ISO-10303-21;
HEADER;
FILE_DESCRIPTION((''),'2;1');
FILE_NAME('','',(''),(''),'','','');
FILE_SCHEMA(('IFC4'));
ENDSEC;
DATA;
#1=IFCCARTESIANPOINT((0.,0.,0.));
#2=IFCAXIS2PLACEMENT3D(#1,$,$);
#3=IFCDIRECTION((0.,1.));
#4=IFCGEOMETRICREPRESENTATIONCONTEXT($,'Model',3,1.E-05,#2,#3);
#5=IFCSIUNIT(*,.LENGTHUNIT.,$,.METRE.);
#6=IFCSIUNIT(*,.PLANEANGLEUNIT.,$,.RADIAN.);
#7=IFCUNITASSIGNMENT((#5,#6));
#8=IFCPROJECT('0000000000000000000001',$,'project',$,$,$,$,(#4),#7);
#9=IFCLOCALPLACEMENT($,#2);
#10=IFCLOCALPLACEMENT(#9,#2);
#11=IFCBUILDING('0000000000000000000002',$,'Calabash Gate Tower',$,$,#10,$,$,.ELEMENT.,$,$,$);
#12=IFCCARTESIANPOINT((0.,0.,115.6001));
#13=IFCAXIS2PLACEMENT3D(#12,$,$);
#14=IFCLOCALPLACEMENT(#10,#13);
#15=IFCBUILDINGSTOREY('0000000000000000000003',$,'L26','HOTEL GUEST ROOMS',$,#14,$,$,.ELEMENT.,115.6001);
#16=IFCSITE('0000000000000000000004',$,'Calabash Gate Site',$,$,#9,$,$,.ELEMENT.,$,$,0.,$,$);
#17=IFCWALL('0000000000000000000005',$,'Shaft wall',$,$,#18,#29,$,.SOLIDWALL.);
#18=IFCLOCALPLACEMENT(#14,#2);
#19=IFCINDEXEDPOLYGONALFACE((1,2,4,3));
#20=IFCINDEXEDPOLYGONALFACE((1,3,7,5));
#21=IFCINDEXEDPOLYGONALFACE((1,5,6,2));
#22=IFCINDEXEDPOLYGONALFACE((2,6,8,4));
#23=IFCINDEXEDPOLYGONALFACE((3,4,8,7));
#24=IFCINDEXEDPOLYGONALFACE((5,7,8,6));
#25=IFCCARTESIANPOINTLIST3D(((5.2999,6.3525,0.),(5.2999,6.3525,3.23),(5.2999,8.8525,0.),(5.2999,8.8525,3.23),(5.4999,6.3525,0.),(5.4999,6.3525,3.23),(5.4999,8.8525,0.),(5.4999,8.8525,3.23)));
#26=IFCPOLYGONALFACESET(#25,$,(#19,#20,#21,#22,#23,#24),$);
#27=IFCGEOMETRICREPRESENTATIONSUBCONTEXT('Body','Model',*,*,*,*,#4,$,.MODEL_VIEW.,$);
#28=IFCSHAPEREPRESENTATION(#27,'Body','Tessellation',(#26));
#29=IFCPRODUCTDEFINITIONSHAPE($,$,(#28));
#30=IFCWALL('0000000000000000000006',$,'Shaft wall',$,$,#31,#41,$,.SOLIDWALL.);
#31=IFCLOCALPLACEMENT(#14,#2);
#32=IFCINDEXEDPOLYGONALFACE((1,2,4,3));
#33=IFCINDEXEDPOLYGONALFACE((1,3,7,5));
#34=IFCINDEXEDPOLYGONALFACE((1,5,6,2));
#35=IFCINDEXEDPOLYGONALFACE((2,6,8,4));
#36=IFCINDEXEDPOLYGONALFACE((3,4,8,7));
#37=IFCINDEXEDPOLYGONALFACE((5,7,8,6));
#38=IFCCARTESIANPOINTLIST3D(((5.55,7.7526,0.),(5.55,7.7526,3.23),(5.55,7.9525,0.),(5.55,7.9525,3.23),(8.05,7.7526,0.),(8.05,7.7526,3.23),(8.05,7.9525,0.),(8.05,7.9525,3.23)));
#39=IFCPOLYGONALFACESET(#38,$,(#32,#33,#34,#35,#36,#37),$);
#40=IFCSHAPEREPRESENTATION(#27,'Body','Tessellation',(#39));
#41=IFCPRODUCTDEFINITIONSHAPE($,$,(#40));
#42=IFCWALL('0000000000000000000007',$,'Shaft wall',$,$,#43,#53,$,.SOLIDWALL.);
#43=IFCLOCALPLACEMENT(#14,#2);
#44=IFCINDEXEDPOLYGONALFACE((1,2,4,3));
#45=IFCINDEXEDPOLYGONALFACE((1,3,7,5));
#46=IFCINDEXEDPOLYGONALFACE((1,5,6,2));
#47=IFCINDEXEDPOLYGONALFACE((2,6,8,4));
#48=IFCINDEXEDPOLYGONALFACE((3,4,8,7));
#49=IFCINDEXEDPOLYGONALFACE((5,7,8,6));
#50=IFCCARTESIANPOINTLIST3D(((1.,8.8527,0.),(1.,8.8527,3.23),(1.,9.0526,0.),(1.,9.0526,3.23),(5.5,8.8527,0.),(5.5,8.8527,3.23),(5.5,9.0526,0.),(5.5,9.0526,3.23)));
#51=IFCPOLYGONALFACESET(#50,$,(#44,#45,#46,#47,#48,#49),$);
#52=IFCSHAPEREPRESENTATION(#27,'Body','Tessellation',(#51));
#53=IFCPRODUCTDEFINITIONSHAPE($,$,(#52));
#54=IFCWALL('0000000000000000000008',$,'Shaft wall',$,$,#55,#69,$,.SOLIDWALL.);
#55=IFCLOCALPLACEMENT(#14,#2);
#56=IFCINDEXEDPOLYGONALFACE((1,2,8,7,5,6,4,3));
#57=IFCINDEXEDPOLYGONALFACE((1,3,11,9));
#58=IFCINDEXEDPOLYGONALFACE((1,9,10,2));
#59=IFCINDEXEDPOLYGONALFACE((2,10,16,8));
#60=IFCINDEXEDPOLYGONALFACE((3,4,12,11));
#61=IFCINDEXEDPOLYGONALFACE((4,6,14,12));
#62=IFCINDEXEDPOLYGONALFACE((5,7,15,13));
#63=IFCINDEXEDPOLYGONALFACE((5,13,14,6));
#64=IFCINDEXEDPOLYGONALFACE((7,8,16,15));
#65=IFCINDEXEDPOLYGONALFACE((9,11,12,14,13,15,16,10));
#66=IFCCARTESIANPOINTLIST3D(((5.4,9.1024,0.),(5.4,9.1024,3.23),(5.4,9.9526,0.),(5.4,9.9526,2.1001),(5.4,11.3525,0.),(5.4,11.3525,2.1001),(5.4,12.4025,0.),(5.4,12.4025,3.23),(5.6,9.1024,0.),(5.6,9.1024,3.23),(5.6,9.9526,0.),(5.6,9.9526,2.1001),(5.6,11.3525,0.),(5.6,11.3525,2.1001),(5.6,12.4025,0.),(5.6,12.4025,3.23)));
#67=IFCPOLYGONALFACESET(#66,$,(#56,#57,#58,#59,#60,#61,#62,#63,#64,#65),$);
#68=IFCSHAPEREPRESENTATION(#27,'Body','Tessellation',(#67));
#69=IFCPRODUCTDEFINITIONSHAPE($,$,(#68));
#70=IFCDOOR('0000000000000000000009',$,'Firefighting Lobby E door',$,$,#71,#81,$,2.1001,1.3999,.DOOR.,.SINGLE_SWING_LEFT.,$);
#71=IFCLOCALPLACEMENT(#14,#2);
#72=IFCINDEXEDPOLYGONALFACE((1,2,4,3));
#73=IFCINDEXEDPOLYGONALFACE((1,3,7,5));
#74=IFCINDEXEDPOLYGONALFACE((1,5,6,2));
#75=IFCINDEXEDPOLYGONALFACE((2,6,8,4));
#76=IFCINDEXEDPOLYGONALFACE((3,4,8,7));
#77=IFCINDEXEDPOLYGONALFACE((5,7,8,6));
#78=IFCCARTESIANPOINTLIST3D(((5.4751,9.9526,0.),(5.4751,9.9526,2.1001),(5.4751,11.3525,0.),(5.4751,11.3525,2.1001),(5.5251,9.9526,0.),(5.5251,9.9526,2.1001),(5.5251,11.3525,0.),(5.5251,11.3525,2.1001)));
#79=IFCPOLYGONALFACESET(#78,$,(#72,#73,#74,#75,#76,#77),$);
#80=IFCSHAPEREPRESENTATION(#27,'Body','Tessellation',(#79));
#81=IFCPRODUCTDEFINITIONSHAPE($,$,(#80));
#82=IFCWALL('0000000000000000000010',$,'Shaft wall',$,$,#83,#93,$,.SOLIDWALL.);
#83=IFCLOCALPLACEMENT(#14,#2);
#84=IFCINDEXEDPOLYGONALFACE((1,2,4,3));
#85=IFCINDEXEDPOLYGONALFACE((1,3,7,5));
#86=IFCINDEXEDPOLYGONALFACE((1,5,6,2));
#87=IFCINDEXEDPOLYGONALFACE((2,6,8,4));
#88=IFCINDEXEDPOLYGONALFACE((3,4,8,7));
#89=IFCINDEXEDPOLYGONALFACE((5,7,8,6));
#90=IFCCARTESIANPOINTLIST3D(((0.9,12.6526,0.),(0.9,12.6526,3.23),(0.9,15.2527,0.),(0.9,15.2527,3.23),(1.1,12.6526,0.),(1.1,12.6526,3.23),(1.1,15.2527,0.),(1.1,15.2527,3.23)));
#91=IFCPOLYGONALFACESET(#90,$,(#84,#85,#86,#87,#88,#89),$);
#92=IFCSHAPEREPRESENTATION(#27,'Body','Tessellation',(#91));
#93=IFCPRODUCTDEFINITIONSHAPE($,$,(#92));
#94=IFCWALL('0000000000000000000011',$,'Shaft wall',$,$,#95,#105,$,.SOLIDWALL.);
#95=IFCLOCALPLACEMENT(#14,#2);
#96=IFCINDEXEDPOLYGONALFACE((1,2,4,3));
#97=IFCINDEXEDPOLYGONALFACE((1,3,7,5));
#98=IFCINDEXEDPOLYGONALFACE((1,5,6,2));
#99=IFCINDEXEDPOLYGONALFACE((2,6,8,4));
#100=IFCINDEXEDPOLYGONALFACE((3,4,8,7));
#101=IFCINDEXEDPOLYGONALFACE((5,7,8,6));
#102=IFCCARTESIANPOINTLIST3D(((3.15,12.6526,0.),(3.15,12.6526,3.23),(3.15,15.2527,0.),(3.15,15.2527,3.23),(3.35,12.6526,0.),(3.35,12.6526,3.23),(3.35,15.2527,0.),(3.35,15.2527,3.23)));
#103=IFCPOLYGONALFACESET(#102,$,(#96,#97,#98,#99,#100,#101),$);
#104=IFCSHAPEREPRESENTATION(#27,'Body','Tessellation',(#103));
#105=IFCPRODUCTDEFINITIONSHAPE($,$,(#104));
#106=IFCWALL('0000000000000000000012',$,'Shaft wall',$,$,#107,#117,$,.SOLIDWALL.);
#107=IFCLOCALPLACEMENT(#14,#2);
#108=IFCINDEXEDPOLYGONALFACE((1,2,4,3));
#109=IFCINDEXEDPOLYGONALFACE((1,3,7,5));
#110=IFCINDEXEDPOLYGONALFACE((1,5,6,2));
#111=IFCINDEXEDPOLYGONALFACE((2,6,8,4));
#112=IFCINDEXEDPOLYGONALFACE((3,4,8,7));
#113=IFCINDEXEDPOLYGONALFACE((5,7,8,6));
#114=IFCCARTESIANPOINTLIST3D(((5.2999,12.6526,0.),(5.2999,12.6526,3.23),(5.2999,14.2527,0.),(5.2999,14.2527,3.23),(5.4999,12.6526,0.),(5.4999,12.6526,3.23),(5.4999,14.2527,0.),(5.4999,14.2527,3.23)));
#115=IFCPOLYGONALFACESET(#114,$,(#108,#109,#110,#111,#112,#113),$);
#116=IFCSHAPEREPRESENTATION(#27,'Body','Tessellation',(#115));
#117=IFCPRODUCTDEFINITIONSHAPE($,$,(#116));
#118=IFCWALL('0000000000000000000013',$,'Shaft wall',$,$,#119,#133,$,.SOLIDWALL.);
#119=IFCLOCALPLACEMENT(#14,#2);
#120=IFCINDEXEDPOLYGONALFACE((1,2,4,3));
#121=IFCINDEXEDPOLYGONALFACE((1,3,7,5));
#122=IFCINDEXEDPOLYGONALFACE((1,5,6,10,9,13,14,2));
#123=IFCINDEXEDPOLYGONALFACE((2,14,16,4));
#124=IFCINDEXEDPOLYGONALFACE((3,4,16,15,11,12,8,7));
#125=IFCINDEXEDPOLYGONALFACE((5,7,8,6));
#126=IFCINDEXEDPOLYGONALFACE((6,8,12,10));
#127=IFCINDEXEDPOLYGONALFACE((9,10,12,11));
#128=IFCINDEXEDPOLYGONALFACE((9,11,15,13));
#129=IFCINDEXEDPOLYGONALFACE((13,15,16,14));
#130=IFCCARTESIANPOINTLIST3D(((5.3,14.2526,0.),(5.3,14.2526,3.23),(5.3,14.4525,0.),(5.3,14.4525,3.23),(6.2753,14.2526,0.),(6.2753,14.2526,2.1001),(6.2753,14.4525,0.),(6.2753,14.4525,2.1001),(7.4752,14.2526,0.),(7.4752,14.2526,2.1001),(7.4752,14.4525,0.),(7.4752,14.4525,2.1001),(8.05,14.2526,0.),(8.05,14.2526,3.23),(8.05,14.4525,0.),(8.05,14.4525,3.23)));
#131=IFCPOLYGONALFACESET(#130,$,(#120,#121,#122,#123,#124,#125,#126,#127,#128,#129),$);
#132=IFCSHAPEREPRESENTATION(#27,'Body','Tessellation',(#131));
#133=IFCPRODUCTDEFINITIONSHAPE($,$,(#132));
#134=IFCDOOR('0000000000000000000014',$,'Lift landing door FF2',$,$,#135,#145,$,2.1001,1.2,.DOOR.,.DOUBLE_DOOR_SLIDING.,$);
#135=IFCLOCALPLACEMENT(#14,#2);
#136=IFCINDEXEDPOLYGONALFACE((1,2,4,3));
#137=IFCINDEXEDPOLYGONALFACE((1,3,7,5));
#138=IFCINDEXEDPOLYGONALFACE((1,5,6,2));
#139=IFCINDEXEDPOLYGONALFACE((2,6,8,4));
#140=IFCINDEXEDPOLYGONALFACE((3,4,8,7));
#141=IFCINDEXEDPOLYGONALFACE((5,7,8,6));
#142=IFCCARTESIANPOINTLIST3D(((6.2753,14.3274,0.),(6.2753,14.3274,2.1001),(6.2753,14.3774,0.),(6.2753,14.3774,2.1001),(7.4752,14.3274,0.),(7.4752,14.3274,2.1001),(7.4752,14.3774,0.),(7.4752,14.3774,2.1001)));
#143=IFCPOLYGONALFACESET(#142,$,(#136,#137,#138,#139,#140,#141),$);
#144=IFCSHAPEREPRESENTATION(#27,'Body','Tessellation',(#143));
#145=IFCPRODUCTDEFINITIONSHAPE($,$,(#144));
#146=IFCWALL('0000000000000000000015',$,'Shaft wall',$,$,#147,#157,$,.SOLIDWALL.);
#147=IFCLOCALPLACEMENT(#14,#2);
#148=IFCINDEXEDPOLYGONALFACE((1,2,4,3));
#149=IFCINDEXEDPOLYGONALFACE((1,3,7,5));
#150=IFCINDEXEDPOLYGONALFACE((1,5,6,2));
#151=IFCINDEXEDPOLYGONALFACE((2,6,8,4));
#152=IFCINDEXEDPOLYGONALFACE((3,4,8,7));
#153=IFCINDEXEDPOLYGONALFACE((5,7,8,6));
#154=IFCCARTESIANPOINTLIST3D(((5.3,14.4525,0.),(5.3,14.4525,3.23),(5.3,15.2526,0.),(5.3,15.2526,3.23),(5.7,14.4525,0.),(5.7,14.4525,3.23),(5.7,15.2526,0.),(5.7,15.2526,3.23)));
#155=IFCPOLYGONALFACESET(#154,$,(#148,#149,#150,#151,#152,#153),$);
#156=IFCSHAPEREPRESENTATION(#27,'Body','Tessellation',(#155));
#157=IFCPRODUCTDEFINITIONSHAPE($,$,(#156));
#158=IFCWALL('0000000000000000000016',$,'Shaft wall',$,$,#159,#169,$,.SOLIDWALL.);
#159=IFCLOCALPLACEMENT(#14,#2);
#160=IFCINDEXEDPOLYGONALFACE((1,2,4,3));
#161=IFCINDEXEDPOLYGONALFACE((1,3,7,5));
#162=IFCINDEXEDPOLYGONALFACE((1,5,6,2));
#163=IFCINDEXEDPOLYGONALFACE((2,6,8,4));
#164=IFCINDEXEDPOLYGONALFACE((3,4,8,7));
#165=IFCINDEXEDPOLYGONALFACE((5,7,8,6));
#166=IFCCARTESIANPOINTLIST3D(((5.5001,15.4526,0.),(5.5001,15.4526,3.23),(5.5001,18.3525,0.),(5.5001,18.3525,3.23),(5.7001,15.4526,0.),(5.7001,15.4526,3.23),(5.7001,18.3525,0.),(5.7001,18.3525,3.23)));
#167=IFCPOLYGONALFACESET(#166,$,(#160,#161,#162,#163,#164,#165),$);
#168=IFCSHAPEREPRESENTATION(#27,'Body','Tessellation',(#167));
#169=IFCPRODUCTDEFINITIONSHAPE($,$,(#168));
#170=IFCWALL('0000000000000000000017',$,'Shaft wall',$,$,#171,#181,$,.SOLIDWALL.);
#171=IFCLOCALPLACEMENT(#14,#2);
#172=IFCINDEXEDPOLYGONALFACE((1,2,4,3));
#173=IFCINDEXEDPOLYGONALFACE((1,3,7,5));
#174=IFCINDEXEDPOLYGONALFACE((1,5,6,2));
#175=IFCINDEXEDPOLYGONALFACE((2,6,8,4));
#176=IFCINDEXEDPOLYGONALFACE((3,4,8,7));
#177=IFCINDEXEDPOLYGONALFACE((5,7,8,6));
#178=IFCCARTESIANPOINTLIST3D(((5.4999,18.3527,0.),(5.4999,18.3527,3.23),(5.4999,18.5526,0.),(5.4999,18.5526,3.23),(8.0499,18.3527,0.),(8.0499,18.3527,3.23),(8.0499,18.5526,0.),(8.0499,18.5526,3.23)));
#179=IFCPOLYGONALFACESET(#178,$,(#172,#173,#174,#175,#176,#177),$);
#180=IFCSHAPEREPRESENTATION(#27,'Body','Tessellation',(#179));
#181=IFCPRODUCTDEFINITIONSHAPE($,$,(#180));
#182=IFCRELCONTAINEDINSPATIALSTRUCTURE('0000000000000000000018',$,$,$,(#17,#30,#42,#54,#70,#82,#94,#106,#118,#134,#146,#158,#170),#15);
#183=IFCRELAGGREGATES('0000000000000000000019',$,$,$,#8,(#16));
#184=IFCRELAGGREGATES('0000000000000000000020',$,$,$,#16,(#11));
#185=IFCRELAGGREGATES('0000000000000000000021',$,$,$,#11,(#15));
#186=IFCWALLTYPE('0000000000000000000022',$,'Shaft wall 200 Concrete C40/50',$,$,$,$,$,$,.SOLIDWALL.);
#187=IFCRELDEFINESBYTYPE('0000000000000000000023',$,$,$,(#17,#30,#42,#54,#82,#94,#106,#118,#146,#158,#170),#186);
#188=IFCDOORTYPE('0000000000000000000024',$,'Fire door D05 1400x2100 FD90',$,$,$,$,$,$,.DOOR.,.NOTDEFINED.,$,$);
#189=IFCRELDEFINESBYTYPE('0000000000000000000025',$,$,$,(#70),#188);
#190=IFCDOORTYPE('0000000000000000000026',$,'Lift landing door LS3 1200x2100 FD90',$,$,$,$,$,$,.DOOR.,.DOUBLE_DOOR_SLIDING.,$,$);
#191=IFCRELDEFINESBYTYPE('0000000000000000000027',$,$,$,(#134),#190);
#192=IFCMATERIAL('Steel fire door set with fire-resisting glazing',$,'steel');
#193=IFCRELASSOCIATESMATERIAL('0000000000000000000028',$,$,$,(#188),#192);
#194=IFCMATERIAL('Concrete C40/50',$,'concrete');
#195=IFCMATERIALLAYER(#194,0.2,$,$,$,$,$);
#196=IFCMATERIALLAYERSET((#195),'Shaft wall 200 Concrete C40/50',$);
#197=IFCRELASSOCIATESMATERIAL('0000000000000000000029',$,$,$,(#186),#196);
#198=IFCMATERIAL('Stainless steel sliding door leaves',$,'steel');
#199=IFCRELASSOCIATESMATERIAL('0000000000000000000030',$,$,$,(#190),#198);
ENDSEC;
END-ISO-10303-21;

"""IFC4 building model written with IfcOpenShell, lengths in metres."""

from ifc_helpers import new_model, si_unit, direction, frame, frame_2d, origin, place, context, subcontext, project, spatial, rectangle, extrude, material, layer, layer_set, type_object, element, fill, save


model = new_model("IFC4")

# Units and contexts
model_context = context("Model", 3, precision=1e-05, world=origin(), true_north=direction((0.0, 1.0)))
body_context = subcontext(model_context, "Body", "Model", "MODEL_VIEW")
ifc_project = project(units=[si_unit("LENGTHUNIT", "METRE"), si_unit("PLANEANGLEUNIT", "RADIAN")], contexts=[model_context])

# Site, building, storey
site_placement = place(None, origin())
site = spatial("IfcSite", under=ifc_project, at=site_placement, Name="Calabash Gate Site", CompositionType="ELEMENT", RefElevation=0.0)
building_placement = place(site_placement, origin())
building = spatial("IfcBuilding", under=site, at=building_placement, Name="Calabash Gate Tower", CompositionType="ELEMENT")
storey_placement = place(building_placement, frame((0.0, 0.0, 115.6001)))
storey = spatial("IfcBuildingStorey", under=building, at=storey_placement, Name="L26", Description="HOTEL GUEST ROOMS", CompositionType="ELEMENT", Elevation=115.6001)

# Shared definitions
ifc_material_1 = material(Name="Steel fire door set with fire-resisting glazing", Category="steel")
door_type_1 = type_object("IfcDoorType", Name="Fire door D05 1400x2100 FD90", OperationType="NOTDEFINED", PredefinedType="DOOR", material=ifc_material_1)

# Walls
ifc_material_2 = material(Name="Concrete C40/50", Category="concrete")
ifc_layer_1 = layer(ifc_material_2, 0.2)
ifc_layer_set_1 = layer_set([ifc_layer_1], Name="Shaft wall 200 Concrete C40/50")
wall_type_1 = type_object("IfcWallType", Name="Shaft wall 200 Concrete C40/50", PredefinedType="SOLIDWALL", material=ifc_layer_set_1)
for number, where, z_axis, x_axis, name in (
    (1, (5.3999, 6.3525, 0.0), (0.0, 0.0, 1.0), (0.0, 1.0, 0.0), "Shaft wall"),
    (2, (5.55, 7.8525, 0.0), (0.0, 0.0, 1.0), (1.0, 0.0, 0.0), "Shaft wall"),
):
    element("IfcWall", number, at=place(storey_placement, frame(where, z_axis=z_axis, x_axis=x_axis)), inside=storey, type_object=wall_type_1, Name=name, PredefinedType="SOLIDWALL", context=body_context, shape_type="SweptSolid", body=[
        extrude(rectangle(XDim=2.5, YDim=0.2, at=frame_2d((1.25, 0.0))), origin(), (0.0, 0.0, 1.0), 3.23),
    ])
wall_1_placement = place(storey_placement, frame((1.0, 8.9526, 0.0), z_axis=(0.0, 0.0, 1.0), x_axis=(1.0, 0.0, 0.0)))
element("IfcWall", 3, at=wall_1_placement, inside=storey, type_object=wall_type_1, Name="Shaft wall", PredefinedType="SOLIDWALL", context=body_context, shape_type="SweptSolid", body=[
    extrude(rectangle(XDim=4.5, YDim=0.2, at=frame_2d((2.25, 0.0))), origin(), (0.0, 0.0, 1.0), 3.23),
])

# Wall, opening, door
wall_2_placement = place(storey_placement, frame((5.5, 9.1025, 0.0), z_axis=(0.0, 0.0, 1.0), x_axis=(0.0, 1.0, 0.0)))
wall_2 = element("IfcWall", 4, at=wall_2_placement, inside=storey, type_object=wall_type_1, Name="Shaft wall", PredefinedType="SOLIDWALL", context=body_context, shape_type="SweptSolid", body=[
    extrude(rectangle(XDim=3.3, YDim=0.2, at=frame_2d((1.6499, 0.0))), origin(), (0.0, 0.0, 1.0), 3.23),
])
opening_1_placement = place(wall_2_placement, frame((0.8501, 0.0, 0.0)))
opening_1 = element("IfcOpeningElement", 5, at=opening_1_placement, cuts=wall_2, PredefinedType="OPENING", context=body_context, shape_type="SweptSolid", body=[
    extrude(rectangle(XDim=1.3999, YDim=2.1001, at=frame_2d((0.7, 1.05))), frame((0.0, 0.1099, 0.0), z_axis=(0.0, -1.0, 0.0), x_axis=(1.0, 0.0, 0.0)), (0.0, 0.0, 1.0), 0.22),
])
door_1_placement = place(opening_1_placement, origin())
door_1 = element("IfcDoor", 6, at=door_1_placement, inside=storey, type_object=door_type_1, Name="Firefighting Lobby E door", OperationType="SINGLE_SWING_LEFT", OverallHeight=2.1001, OverallWidth=1.3999, PredefinedType="DOOR", context=body_context, shape_type="SweptSolid", body=[
    extrude(rectangle(XDim=1.3999, YDim=2.1001, at=frame_2d((0.7, 1.05))), frame((0.0, 0.0249, 0.0), z_axis=(0.0, -1.0, 0.0), x_axis=(1.0, 0.0, 0.0)), (0.0, 0.0, 1.0), 0.05),
])
fill(opening_1, door_1)

# Walls
for number, where, z_axis, x_axis, name in (
    (7, (1.0, 12.6526, 0.0), (0.0, 0.0, 1.0), (0.0, 1.0, 0.0), "Shaft wall"),
    (8, (3.25, 12.6526, 0.0), (0.0, 0.0, 1.0), (0.0, 1.0, 0.0), "Shaft wall"),
):
    element("IfcWall", number, at=place(storey_placement, frame(where, z_axis=z_axis, x_axis=x_axis)), inside=storey, type_object=wall_type_1, Name=name, PredefinedType="SOLIDWALL", context=body_context, shape_type="SweptSolid", body=[
        extrude(rectangle(XDim=2.6001, YDim=0.2, at=frame_2d((1.3, 0.0))), origin(), (0.0, 0.0, 1.0), 3.23),
    ])
wall_3_placement = place(storey_placement, frame((5.3999, 12.6526, 0.0), z_axis=(0.0, 0.0, 1.0), x_axis=(0.0, 1.0, 0.0)))
element("IfcWall", 9, at=wall_3_placement, inside=storey, type_object=wall_type_1, Name="Shaft wall", PredefinedType="SOLIDWALL", context=body_context, shape_type="SweptSolid", body=[
    extrude(rectangle(XDim=1.6001, YDim=0.2, at=frame_2d((0.8, 0.0))), origin(), (0.0, 0.0, 1.0), 3.23),
])

# Wall, opening, door
wall_4_placement = place(storey_placement, frame((5.3, 14.3525, 0.0), z_axis=(0.0, 0.0, 1.0), x_axis=(1.0, 0.0, 0.0)))
wall_4 = element("IfcWall", 10, at=wall_4_placement, inside=storey, type_object=wall_type_1, Name="Shaft wall", PredefinedType="SOLIDWALL", context=body_context, shape_type="SweptSolid", body=[
    extrude(rectangle(XDim=2.75, YDim=0.2, at=frame_2d((1.375, 0.0))), origin(), (0.0, 0.0, 1.0), 3.23),
])
opening_2_placement = place(wall_4_placement, frame((0.9751, 0.0, 0.0)))
opening_2 = element("IfcOpeningElement", 11, at=opening_2_placement, cuts=wall_4, PredefinedType="OPENING", context=body_context, shape_type="SweptSolid", body=[
    extrude(rectangle(XDim=1.2, YDim=2.1001, at=frame_2d((0.6001, 1.05))), frame((0.0, 0.1099, 0.0), z_axis=(0.0, -1.0, 0.0), x_axis=(1.0, 0.0, 0.0)), (0.0, 0.0, 1.0), 0.22),
])
ifc_material_3 = material(Name="Stainless steel sliding door leaves", Category="steel")
door_type_2 = type_object("IfcDoorType", Name="Lift landing door LS3 1200x2100 FD90", OperationType="DOUBLE_DOOR_SLIDING", PredefinedType="DOOR", material=ifc_material_3)
door_2_placement = place(opening_2_placement, origin())
door_2 = element("IfcDoor", 12, at=door_2_placement, inside=storey, type_object=door_type_2, Name="Lift landing door FF2", OperationType="DOUBLE_DOOR_SLIDING", OverallHeight=2.1001, OverallWidth=1.2, PredefinedType="DOOR", context=body_context, shape_type="SweptSolid", body=[
    extrude(rectangle(XDim=1.2, YDim=2.1001, at=frame_2d((0.6001, 1.05))), frame((0.0, 0.0249, 0.0), z_axis=(0.0, -1.0, 0.0), x_axis=(1.0, 0.0, 0.0)), (0.0, 0.0, 1.0), 0.05),
])
fill(opening_2, door_2)

# Walls
wall_5_placement = place(storey_placement, frame((5.5, 14.4526, 0.0), z_axis=(0.0, 0.0, 1.0), x_axis=(0.0, 1.0, 0.0)))
element("IfcWall", 13, at=wall_5_placement, inside=storey, type_object=wall_type_1, Name="Shaft wall", PredefinedType="SOLIDWALL", context=body_context, shape_type="SweptSolid", body=[
    extrude(rectangle(XDim=0.8, YDim=0.3999, at=frame_2d((0.3999, 0.0))), origin(), (0.0, 0.0, 1.0), 3.23),
])
wall_6_placement = place(storey_placement, frame((5.6001, 15.4526, 0.0), z_axis=(0.0, 0.0, 1.0), x_axis=(0.0, 1.0, 0.0)))
element("IfcWall", 14, at=wall_6_placement, inside=storey, type_object=wall_type_1, Name="Shaft wall", PredefinedType="SOLIDWALL", context=body_context, shape_type="SweptSolid", body=[
    extrude(rectangle(XDim=2.8999, YDim=0.2, at=frame_2d((1.45, 0.0))), origin(), (0.0, 0.0, 1.0), 3.23),
])
wall_7_placement = place(storey_placement, frame((5.5, 18.4526, 0.0), z_axis=(0.0, 0.0, 1.0), x_axis=(1.0, 0.0, 0.0)))
element("IfcWall", 15, at=wall_7_placement, inside=storey, type_object=wall_type_1, Name="Shaft wall", PredefinedType="SOLIDWALL", context=body_context, shape_type="SweptSolid", body=[
    extrude(rectangle(XDim=2.55, YDim=0.2, at=frame_2d((1.2749, 0.0))), origin(), (0.0, 0.0, 1.0), 3.23),
])

save(model, "model.ifc")
